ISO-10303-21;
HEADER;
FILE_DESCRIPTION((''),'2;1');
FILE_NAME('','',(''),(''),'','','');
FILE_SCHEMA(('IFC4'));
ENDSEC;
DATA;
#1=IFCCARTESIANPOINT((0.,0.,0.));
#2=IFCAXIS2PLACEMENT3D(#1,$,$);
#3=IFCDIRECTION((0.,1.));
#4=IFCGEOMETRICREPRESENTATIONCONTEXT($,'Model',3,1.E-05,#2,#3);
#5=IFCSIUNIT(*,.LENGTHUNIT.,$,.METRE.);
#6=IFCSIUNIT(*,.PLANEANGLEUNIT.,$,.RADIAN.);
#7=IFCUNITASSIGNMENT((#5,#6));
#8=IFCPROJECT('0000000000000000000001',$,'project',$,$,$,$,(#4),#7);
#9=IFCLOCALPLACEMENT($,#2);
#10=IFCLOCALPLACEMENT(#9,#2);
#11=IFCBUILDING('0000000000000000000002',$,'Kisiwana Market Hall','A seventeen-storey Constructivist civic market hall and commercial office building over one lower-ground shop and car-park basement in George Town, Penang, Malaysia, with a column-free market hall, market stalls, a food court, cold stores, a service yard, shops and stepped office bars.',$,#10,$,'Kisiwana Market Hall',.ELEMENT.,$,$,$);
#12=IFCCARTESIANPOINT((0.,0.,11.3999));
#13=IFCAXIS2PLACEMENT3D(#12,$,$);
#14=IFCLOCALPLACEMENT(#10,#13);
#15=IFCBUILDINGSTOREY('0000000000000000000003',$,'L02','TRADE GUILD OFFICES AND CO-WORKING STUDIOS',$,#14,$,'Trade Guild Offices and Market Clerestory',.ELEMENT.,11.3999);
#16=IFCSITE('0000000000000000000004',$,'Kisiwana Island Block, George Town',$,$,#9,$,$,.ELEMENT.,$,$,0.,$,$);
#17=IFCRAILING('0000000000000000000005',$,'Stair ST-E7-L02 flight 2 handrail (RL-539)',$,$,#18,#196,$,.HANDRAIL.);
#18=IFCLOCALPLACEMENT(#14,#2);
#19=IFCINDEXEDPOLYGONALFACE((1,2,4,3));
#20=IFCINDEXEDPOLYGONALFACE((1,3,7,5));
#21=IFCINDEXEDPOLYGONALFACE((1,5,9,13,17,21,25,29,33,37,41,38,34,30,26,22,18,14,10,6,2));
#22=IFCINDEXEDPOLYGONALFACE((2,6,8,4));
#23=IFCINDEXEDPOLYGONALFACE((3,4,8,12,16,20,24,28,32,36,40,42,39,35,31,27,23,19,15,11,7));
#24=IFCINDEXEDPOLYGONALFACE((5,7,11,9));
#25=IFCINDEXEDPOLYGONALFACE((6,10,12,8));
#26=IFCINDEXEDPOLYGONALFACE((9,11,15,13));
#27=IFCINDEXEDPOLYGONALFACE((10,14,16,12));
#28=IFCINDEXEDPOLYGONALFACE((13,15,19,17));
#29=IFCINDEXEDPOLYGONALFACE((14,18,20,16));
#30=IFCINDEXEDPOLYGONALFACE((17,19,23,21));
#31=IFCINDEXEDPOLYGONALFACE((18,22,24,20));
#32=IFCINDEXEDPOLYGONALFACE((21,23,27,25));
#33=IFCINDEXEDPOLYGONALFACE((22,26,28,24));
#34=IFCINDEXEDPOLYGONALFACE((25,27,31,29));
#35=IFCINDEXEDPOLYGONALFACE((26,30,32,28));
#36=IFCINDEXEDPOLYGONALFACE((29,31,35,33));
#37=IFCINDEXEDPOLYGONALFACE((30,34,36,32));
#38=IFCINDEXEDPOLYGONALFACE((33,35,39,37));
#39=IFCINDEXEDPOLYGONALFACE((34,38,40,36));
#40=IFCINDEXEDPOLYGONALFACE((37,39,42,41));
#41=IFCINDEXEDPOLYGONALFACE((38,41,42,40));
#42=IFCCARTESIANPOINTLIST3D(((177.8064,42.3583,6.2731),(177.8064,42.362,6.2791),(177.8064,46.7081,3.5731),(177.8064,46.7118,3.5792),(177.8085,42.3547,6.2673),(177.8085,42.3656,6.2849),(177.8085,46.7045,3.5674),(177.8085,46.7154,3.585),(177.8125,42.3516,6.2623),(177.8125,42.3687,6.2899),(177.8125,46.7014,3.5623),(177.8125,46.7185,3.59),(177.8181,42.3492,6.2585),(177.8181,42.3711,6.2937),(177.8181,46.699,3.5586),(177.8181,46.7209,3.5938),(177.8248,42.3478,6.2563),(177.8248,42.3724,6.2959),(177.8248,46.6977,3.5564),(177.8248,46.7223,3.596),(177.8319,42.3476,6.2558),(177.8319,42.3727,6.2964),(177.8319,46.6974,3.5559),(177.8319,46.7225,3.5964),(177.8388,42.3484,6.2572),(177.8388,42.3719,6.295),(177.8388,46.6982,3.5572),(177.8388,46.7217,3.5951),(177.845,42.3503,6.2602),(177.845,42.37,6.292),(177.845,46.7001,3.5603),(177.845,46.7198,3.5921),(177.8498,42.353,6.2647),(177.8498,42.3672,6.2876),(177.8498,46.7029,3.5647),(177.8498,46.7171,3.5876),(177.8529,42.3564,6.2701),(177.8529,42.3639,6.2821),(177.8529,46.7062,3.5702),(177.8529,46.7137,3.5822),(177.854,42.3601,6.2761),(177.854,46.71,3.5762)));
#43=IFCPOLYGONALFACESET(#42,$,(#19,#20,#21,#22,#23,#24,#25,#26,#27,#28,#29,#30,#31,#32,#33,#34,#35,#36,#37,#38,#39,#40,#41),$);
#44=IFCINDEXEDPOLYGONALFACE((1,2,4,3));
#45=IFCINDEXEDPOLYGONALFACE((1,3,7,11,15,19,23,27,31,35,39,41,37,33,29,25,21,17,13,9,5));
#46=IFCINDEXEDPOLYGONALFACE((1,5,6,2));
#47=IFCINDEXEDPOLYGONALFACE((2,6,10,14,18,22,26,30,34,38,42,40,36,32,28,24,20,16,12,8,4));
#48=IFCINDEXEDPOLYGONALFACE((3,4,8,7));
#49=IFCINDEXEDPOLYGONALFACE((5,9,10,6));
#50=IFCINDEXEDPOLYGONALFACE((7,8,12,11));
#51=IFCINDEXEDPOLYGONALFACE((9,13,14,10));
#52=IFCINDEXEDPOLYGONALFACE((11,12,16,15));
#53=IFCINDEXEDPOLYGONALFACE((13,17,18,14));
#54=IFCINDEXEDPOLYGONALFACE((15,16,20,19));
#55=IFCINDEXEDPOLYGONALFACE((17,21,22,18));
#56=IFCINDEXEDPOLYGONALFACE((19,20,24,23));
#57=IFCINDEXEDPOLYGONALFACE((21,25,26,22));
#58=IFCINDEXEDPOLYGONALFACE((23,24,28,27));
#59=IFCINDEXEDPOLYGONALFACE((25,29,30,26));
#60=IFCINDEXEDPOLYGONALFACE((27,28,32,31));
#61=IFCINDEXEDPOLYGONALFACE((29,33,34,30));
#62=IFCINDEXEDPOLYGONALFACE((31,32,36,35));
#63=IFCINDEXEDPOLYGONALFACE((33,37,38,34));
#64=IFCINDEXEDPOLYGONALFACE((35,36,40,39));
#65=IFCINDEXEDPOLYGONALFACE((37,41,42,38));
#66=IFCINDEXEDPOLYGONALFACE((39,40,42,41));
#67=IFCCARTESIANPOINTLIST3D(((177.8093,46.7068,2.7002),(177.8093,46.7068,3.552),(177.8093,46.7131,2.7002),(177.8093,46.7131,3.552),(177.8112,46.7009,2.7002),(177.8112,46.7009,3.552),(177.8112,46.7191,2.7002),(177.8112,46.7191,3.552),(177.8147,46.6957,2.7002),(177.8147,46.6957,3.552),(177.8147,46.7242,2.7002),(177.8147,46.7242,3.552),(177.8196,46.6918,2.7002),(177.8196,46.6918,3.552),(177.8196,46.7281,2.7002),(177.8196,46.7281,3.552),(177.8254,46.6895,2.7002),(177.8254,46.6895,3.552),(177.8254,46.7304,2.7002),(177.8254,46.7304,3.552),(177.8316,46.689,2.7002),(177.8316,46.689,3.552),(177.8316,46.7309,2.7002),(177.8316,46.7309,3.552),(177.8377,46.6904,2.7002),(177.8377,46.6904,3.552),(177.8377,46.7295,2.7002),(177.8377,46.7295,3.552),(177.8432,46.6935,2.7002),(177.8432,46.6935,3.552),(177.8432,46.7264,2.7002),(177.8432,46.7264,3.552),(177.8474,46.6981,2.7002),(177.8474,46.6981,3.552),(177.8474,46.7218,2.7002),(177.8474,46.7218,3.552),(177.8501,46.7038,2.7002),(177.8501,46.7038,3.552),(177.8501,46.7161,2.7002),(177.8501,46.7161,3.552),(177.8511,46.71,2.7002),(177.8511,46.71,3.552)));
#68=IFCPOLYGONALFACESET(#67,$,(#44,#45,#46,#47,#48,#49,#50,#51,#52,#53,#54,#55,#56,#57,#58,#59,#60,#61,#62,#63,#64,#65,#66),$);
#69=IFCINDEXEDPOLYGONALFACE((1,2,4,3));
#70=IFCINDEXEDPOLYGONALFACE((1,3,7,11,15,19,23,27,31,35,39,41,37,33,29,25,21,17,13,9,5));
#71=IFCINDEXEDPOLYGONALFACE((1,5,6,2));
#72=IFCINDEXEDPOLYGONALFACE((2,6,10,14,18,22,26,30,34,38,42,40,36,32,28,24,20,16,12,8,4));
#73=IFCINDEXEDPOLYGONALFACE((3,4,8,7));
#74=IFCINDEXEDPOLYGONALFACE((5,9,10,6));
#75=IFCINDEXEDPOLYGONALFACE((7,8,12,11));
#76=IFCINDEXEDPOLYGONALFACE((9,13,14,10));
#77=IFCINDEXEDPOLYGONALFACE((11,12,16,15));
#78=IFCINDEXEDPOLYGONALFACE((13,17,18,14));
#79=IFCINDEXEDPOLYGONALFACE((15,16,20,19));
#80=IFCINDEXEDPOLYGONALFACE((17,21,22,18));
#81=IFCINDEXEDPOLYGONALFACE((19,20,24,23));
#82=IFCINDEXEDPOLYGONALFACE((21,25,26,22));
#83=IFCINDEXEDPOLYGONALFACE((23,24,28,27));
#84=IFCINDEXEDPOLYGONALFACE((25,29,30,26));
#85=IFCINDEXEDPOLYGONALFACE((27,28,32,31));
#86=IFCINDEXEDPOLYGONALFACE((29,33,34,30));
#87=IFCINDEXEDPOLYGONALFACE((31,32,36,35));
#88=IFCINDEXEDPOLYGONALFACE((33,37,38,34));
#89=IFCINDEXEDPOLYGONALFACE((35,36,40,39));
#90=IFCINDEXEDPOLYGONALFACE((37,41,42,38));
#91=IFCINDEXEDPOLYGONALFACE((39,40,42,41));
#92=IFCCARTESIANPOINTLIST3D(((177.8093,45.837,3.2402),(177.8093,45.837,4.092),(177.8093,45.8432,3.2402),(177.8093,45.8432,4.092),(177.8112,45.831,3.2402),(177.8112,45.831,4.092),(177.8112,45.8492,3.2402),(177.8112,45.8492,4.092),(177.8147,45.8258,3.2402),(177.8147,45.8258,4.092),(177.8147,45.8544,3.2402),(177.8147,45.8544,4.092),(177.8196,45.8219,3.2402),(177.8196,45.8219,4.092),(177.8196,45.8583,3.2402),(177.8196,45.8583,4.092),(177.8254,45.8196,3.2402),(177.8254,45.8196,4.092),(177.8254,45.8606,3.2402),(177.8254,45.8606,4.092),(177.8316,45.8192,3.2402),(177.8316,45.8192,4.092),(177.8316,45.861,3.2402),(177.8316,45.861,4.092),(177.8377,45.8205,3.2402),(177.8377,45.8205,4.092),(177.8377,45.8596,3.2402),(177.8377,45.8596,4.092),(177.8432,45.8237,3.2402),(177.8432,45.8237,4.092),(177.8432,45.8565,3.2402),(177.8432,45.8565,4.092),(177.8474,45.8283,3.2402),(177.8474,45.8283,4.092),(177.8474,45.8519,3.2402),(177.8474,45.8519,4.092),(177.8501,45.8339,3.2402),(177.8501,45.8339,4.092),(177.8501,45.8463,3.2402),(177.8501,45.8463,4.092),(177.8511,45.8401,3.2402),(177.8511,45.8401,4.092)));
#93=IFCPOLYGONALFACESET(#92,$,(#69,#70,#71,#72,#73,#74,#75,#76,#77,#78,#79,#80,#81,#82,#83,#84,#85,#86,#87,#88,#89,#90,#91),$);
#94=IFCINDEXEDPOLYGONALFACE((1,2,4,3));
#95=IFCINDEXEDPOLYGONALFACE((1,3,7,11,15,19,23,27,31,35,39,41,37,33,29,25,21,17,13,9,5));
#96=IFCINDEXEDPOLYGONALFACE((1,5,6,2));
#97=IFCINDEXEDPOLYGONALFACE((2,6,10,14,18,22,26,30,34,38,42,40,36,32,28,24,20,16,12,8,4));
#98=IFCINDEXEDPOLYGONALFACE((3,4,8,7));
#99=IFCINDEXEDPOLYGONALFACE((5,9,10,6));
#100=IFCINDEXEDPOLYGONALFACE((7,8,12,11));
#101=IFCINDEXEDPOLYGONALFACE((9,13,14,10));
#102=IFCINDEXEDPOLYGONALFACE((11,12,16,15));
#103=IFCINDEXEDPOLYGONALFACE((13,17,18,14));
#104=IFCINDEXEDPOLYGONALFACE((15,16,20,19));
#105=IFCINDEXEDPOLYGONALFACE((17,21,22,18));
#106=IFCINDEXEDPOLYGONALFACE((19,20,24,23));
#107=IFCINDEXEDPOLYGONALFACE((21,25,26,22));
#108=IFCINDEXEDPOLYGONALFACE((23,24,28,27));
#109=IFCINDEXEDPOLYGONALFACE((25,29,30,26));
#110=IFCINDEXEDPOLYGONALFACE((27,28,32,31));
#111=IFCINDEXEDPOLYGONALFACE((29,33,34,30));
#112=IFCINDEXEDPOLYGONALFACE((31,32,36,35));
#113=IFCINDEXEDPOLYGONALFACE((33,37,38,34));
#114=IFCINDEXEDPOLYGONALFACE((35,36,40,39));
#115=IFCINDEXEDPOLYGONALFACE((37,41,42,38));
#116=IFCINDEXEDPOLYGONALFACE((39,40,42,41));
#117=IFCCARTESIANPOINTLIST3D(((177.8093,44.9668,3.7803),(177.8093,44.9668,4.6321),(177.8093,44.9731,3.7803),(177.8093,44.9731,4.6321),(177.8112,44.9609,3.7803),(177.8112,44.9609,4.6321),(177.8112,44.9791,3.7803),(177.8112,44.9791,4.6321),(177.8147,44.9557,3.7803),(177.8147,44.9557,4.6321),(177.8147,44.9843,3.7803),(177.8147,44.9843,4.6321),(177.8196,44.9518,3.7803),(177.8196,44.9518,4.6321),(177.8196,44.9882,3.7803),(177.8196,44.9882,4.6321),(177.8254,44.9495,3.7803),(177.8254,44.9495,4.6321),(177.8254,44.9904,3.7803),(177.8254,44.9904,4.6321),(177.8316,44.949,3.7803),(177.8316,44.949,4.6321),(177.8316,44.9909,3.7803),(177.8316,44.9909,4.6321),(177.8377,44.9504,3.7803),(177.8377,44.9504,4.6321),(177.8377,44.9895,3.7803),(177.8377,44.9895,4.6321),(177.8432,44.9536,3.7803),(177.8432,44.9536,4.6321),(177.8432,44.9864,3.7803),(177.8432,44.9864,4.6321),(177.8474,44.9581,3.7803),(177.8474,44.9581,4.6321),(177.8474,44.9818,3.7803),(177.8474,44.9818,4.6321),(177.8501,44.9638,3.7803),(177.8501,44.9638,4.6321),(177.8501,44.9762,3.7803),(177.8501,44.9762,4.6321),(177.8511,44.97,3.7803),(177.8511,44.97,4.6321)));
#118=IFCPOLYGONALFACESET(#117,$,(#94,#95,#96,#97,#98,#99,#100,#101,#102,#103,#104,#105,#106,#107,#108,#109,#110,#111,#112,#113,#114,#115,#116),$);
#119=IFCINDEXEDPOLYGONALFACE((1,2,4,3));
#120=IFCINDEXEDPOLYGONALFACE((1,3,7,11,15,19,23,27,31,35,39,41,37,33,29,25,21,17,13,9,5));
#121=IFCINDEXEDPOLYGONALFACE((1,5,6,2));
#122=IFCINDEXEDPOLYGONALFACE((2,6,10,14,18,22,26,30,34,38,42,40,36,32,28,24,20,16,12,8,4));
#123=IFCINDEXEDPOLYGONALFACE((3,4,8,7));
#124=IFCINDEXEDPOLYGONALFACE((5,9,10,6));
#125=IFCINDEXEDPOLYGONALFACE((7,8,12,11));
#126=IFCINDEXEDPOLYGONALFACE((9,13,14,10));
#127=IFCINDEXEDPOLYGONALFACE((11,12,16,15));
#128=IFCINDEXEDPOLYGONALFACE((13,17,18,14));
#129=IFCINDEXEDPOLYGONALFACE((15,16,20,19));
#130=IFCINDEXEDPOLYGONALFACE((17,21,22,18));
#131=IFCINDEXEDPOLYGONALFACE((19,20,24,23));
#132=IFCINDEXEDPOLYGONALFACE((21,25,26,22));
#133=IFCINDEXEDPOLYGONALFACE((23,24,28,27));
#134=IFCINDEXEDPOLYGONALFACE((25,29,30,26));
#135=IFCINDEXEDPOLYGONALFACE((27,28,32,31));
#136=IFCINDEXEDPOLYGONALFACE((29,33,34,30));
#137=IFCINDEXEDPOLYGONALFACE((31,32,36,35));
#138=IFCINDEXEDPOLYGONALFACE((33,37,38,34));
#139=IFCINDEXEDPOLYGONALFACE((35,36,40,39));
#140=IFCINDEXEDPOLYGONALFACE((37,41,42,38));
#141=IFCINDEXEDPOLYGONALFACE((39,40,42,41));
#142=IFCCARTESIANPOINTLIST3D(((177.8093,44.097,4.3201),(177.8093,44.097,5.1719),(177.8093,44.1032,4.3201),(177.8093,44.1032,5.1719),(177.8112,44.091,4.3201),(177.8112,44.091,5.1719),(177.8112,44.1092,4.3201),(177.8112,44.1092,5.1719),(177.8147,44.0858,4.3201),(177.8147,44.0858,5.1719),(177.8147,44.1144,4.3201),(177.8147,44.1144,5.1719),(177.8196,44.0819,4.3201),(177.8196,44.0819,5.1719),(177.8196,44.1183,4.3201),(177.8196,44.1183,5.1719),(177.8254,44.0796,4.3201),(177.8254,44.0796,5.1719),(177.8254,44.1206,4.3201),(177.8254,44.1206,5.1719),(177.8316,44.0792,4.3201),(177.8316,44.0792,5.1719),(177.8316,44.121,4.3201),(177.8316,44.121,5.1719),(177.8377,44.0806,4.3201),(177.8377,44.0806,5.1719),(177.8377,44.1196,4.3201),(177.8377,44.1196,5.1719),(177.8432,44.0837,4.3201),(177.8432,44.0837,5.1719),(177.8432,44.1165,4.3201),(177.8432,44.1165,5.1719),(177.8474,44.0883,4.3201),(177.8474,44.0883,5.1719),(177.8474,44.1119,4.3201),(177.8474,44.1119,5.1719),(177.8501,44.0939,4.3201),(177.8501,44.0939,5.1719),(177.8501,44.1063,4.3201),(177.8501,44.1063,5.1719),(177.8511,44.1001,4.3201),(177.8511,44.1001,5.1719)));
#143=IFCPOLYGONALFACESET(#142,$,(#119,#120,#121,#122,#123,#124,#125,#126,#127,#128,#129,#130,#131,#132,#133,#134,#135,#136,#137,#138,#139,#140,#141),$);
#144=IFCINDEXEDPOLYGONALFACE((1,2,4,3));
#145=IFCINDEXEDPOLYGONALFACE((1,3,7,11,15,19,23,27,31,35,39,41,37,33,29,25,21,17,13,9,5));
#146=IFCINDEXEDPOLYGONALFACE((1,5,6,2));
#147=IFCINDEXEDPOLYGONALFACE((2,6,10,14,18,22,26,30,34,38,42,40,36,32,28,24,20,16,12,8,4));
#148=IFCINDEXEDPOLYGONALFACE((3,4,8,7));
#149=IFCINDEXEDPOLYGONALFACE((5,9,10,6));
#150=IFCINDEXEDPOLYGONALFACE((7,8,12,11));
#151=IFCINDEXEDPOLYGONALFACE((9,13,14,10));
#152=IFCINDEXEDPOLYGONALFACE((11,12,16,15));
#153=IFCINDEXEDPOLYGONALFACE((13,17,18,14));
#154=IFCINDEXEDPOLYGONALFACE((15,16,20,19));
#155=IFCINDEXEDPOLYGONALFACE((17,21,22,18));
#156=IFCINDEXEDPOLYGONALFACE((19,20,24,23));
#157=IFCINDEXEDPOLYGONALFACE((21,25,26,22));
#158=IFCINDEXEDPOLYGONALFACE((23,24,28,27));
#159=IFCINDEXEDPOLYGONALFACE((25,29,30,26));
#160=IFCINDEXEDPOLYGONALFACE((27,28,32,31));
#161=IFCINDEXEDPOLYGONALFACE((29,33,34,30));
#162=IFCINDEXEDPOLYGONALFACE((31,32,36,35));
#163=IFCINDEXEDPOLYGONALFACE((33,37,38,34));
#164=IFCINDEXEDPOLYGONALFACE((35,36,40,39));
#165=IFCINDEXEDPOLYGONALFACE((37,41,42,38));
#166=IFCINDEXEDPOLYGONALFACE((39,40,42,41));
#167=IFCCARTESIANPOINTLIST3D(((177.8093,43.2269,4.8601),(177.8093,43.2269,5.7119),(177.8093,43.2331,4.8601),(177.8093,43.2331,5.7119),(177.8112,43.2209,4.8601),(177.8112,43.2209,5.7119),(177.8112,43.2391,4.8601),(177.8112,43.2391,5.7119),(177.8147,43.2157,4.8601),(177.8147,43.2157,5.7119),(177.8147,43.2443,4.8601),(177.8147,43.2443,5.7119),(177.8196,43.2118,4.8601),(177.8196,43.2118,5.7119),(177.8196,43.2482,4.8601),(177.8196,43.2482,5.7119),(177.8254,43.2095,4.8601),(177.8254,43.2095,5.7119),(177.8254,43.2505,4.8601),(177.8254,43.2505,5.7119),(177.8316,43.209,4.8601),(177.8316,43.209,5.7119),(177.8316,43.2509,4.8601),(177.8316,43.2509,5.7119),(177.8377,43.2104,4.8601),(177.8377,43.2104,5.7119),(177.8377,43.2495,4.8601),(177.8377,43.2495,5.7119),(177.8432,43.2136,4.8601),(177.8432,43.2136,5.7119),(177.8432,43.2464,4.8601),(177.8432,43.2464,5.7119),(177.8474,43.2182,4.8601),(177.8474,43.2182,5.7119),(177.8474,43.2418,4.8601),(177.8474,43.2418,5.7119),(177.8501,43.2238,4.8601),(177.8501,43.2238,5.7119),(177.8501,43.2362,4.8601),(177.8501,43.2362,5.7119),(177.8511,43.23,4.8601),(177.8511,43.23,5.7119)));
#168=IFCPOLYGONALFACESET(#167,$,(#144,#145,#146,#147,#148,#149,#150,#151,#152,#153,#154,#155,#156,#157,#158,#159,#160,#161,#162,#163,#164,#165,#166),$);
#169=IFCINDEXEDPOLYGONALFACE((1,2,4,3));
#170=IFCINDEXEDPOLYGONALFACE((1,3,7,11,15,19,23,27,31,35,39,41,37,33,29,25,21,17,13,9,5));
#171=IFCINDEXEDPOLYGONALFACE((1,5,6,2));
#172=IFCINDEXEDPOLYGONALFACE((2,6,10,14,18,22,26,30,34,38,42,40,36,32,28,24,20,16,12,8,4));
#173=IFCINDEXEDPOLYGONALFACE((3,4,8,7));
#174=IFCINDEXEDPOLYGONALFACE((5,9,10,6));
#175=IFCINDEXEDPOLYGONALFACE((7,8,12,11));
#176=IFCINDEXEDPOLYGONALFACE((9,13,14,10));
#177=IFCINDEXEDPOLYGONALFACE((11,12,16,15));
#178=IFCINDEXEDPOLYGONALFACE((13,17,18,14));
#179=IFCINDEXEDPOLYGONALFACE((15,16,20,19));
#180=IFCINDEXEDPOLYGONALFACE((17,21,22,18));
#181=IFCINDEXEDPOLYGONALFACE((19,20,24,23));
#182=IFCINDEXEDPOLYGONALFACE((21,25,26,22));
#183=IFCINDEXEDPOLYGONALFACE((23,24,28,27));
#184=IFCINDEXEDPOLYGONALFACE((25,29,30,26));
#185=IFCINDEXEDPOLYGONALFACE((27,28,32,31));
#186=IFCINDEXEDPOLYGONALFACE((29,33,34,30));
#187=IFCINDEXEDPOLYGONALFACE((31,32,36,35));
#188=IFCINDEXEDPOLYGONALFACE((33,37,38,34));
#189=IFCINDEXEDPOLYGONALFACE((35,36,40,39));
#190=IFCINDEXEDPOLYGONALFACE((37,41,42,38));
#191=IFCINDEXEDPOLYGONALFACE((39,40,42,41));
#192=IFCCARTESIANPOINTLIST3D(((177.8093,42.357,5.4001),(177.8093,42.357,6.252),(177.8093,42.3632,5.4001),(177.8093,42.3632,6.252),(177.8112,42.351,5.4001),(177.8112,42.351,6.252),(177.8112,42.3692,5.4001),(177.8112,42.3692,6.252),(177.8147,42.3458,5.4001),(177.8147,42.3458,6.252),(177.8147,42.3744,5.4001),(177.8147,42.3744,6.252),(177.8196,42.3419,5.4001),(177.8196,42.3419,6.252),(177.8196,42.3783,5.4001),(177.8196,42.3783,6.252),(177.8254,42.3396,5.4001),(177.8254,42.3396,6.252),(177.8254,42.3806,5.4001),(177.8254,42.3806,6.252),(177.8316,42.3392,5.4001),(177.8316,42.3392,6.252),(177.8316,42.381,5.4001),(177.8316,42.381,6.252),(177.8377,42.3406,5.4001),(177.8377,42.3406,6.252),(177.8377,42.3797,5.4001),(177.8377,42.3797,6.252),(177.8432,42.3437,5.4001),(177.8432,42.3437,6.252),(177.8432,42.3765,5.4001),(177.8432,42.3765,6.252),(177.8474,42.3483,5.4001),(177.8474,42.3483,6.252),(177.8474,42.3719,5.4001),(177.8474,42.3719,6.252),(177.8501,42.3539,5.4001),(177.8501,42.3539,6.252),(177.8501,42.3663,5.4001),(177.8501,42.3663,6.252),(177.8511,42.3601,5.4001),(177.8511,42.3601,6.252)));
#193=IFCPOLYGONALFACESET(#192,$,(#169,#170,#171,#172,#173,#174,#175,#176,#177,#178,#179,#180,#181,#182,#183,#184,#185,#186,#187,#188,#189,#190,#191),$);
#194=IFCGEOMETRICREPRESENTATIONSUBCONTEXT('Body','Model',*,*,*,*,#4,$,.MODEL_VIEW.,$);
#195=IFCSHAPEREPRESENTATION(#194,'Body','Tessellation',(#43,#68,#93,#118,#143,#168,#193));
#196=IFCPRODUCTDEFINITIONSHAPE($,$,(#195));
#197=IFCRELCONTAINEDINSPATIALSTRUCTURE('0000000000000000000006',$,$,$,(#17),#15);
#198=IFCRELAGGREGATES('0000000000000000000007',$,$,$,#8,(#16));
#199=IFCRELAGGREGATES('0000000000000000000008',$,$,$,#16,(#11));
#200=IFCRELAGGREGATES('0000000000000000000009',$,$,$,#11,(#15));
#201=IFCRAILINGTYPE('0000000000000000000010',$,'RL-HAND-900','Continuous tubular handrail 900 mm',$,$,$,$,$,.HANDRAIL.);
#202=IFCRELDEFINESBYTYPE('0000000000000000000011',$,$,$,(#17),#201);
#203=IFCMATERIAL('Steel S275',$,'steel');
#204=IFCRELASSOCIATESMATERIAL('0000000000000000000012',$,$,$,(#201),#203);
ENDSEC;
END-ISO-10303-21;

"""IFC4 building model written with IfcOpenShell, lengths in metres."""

from ifc_helpers import new_model, si_unit, direction, frame, origin, origin_2d, place, context, subcontext, project, spatial, circle, extrude, material, type_object, element, save


model = new_model("IFC4")

# Units and contexts
model_context = context("Model", 3, precision=1e-05, world=origin(), true_north=direction((0.0, 1.0)))
body_context = subcontext(model_context, "Body", "Model", "MODEL_VIEW")
ifc_project = project(units=[si_unit("LENGTHUNIT", "METRE"), si_unit("PLANEANGLEUNIT", "RADIAN")], contexts=[model_context])

# Site, building, storey
site_placement = place(None, origin())
site = spatial("IfcSite", under=ifc_project, at=site_placement, Name="Kisiwana Island Block, George Town", CompositionType="ELEMENT", RefElevation=0.0)
building_placement = place(site_placement, origin())
building = spatial("IfcBuilding", under=site, at=building_placement, Name="Kisiwana Market Hall", Description="A seventeen-storey Constructivist civic market hall and commercial office building over one lower-ground shop and car-park basement in George Town, Penang, Malaysia, with a column-free market hall, market stalls, a food court, cold stores, a service yard, shops and stepped office bars.", LongName="Kisiwana Market Hall", CompositionType="ELEMENT")
storey_placement = place(building_placement, frame((0.0, 0.0, 11.3999)))
storey = spatial("IfcBuildingStorey", under=building, at=storey_placement, Name="L02", Description="TRADE GUILD OFFICES AND CO-WORKING STUDIOS", LongName="Trade Guild Offices and Market Clerestory", CompositionType="ELEMENT", Elevation=11.3999)

# Railing
ifc_material_1 = material(Name="Steel S275", Category="steel")
railing_type_1 = type_object("IfcRailingType", Name="RL-HAND-900", Description="Continuous tubular handrail 900 mm", PredefinedType="HANDRAIL", material=ifc_material_1)
railing_1_placement = place(storey_placement, frame((177.8301, 46.71, 2.7002)))
element("IfcRailing", 1, at=railing_1_placement, inside=storey, type_object=railing_type_1, Name="Stair ST-E7-L02 flight 2 handrail (RL-539)", PredefinedType="HANDRAIL", context=body_context, shape_type="SweptSolid", body=[
    extrude(circle(Radius=0.0239, at=origin_2d()), frame((0.0, 0.0, 0.876), z_axis=(0.0, -0.849636, 0.527369), x_axis=(1.0, 0.0, 0.0)), (0.0, 0.0, 1.0), 5.1196),
    extrude(circle(Radius=0.021, at=origin_2d()), origin(), (0.0, 0.0, 1.0), 0.8518),
    extrude(circle(Radius=0.021, at=origin_2d()), frame((0.0, -0.8699, 0.54)), (0.0, 0.0, 1.0), 0.8518),
    extrude(circle(Radius=0.021, at=origin_2d()), frame((0.0, -1.74, 1.0801)), (0.0, 0.0, 1.0), 0.8518),
    extrude(circle(Radius=0.021, at=origin_2d()), frame((0.0, -2.6099, 1.6199)), (0.0, 0.0, 1.0), 0.8518),
    extrude(circle(Radius=0.021, at=origin_2d()), frame((0.0, -3.48, 2.1599)), (0.0, 0.0, 1.0), 0.8518),
    extrude(circle(Radius=0.021, at=origin_2d()), frame((0.0, -4.3499, 2.7)), (0.0, 0.0, 1.0), 0.8518),
])

save(model, "model.ifc")
